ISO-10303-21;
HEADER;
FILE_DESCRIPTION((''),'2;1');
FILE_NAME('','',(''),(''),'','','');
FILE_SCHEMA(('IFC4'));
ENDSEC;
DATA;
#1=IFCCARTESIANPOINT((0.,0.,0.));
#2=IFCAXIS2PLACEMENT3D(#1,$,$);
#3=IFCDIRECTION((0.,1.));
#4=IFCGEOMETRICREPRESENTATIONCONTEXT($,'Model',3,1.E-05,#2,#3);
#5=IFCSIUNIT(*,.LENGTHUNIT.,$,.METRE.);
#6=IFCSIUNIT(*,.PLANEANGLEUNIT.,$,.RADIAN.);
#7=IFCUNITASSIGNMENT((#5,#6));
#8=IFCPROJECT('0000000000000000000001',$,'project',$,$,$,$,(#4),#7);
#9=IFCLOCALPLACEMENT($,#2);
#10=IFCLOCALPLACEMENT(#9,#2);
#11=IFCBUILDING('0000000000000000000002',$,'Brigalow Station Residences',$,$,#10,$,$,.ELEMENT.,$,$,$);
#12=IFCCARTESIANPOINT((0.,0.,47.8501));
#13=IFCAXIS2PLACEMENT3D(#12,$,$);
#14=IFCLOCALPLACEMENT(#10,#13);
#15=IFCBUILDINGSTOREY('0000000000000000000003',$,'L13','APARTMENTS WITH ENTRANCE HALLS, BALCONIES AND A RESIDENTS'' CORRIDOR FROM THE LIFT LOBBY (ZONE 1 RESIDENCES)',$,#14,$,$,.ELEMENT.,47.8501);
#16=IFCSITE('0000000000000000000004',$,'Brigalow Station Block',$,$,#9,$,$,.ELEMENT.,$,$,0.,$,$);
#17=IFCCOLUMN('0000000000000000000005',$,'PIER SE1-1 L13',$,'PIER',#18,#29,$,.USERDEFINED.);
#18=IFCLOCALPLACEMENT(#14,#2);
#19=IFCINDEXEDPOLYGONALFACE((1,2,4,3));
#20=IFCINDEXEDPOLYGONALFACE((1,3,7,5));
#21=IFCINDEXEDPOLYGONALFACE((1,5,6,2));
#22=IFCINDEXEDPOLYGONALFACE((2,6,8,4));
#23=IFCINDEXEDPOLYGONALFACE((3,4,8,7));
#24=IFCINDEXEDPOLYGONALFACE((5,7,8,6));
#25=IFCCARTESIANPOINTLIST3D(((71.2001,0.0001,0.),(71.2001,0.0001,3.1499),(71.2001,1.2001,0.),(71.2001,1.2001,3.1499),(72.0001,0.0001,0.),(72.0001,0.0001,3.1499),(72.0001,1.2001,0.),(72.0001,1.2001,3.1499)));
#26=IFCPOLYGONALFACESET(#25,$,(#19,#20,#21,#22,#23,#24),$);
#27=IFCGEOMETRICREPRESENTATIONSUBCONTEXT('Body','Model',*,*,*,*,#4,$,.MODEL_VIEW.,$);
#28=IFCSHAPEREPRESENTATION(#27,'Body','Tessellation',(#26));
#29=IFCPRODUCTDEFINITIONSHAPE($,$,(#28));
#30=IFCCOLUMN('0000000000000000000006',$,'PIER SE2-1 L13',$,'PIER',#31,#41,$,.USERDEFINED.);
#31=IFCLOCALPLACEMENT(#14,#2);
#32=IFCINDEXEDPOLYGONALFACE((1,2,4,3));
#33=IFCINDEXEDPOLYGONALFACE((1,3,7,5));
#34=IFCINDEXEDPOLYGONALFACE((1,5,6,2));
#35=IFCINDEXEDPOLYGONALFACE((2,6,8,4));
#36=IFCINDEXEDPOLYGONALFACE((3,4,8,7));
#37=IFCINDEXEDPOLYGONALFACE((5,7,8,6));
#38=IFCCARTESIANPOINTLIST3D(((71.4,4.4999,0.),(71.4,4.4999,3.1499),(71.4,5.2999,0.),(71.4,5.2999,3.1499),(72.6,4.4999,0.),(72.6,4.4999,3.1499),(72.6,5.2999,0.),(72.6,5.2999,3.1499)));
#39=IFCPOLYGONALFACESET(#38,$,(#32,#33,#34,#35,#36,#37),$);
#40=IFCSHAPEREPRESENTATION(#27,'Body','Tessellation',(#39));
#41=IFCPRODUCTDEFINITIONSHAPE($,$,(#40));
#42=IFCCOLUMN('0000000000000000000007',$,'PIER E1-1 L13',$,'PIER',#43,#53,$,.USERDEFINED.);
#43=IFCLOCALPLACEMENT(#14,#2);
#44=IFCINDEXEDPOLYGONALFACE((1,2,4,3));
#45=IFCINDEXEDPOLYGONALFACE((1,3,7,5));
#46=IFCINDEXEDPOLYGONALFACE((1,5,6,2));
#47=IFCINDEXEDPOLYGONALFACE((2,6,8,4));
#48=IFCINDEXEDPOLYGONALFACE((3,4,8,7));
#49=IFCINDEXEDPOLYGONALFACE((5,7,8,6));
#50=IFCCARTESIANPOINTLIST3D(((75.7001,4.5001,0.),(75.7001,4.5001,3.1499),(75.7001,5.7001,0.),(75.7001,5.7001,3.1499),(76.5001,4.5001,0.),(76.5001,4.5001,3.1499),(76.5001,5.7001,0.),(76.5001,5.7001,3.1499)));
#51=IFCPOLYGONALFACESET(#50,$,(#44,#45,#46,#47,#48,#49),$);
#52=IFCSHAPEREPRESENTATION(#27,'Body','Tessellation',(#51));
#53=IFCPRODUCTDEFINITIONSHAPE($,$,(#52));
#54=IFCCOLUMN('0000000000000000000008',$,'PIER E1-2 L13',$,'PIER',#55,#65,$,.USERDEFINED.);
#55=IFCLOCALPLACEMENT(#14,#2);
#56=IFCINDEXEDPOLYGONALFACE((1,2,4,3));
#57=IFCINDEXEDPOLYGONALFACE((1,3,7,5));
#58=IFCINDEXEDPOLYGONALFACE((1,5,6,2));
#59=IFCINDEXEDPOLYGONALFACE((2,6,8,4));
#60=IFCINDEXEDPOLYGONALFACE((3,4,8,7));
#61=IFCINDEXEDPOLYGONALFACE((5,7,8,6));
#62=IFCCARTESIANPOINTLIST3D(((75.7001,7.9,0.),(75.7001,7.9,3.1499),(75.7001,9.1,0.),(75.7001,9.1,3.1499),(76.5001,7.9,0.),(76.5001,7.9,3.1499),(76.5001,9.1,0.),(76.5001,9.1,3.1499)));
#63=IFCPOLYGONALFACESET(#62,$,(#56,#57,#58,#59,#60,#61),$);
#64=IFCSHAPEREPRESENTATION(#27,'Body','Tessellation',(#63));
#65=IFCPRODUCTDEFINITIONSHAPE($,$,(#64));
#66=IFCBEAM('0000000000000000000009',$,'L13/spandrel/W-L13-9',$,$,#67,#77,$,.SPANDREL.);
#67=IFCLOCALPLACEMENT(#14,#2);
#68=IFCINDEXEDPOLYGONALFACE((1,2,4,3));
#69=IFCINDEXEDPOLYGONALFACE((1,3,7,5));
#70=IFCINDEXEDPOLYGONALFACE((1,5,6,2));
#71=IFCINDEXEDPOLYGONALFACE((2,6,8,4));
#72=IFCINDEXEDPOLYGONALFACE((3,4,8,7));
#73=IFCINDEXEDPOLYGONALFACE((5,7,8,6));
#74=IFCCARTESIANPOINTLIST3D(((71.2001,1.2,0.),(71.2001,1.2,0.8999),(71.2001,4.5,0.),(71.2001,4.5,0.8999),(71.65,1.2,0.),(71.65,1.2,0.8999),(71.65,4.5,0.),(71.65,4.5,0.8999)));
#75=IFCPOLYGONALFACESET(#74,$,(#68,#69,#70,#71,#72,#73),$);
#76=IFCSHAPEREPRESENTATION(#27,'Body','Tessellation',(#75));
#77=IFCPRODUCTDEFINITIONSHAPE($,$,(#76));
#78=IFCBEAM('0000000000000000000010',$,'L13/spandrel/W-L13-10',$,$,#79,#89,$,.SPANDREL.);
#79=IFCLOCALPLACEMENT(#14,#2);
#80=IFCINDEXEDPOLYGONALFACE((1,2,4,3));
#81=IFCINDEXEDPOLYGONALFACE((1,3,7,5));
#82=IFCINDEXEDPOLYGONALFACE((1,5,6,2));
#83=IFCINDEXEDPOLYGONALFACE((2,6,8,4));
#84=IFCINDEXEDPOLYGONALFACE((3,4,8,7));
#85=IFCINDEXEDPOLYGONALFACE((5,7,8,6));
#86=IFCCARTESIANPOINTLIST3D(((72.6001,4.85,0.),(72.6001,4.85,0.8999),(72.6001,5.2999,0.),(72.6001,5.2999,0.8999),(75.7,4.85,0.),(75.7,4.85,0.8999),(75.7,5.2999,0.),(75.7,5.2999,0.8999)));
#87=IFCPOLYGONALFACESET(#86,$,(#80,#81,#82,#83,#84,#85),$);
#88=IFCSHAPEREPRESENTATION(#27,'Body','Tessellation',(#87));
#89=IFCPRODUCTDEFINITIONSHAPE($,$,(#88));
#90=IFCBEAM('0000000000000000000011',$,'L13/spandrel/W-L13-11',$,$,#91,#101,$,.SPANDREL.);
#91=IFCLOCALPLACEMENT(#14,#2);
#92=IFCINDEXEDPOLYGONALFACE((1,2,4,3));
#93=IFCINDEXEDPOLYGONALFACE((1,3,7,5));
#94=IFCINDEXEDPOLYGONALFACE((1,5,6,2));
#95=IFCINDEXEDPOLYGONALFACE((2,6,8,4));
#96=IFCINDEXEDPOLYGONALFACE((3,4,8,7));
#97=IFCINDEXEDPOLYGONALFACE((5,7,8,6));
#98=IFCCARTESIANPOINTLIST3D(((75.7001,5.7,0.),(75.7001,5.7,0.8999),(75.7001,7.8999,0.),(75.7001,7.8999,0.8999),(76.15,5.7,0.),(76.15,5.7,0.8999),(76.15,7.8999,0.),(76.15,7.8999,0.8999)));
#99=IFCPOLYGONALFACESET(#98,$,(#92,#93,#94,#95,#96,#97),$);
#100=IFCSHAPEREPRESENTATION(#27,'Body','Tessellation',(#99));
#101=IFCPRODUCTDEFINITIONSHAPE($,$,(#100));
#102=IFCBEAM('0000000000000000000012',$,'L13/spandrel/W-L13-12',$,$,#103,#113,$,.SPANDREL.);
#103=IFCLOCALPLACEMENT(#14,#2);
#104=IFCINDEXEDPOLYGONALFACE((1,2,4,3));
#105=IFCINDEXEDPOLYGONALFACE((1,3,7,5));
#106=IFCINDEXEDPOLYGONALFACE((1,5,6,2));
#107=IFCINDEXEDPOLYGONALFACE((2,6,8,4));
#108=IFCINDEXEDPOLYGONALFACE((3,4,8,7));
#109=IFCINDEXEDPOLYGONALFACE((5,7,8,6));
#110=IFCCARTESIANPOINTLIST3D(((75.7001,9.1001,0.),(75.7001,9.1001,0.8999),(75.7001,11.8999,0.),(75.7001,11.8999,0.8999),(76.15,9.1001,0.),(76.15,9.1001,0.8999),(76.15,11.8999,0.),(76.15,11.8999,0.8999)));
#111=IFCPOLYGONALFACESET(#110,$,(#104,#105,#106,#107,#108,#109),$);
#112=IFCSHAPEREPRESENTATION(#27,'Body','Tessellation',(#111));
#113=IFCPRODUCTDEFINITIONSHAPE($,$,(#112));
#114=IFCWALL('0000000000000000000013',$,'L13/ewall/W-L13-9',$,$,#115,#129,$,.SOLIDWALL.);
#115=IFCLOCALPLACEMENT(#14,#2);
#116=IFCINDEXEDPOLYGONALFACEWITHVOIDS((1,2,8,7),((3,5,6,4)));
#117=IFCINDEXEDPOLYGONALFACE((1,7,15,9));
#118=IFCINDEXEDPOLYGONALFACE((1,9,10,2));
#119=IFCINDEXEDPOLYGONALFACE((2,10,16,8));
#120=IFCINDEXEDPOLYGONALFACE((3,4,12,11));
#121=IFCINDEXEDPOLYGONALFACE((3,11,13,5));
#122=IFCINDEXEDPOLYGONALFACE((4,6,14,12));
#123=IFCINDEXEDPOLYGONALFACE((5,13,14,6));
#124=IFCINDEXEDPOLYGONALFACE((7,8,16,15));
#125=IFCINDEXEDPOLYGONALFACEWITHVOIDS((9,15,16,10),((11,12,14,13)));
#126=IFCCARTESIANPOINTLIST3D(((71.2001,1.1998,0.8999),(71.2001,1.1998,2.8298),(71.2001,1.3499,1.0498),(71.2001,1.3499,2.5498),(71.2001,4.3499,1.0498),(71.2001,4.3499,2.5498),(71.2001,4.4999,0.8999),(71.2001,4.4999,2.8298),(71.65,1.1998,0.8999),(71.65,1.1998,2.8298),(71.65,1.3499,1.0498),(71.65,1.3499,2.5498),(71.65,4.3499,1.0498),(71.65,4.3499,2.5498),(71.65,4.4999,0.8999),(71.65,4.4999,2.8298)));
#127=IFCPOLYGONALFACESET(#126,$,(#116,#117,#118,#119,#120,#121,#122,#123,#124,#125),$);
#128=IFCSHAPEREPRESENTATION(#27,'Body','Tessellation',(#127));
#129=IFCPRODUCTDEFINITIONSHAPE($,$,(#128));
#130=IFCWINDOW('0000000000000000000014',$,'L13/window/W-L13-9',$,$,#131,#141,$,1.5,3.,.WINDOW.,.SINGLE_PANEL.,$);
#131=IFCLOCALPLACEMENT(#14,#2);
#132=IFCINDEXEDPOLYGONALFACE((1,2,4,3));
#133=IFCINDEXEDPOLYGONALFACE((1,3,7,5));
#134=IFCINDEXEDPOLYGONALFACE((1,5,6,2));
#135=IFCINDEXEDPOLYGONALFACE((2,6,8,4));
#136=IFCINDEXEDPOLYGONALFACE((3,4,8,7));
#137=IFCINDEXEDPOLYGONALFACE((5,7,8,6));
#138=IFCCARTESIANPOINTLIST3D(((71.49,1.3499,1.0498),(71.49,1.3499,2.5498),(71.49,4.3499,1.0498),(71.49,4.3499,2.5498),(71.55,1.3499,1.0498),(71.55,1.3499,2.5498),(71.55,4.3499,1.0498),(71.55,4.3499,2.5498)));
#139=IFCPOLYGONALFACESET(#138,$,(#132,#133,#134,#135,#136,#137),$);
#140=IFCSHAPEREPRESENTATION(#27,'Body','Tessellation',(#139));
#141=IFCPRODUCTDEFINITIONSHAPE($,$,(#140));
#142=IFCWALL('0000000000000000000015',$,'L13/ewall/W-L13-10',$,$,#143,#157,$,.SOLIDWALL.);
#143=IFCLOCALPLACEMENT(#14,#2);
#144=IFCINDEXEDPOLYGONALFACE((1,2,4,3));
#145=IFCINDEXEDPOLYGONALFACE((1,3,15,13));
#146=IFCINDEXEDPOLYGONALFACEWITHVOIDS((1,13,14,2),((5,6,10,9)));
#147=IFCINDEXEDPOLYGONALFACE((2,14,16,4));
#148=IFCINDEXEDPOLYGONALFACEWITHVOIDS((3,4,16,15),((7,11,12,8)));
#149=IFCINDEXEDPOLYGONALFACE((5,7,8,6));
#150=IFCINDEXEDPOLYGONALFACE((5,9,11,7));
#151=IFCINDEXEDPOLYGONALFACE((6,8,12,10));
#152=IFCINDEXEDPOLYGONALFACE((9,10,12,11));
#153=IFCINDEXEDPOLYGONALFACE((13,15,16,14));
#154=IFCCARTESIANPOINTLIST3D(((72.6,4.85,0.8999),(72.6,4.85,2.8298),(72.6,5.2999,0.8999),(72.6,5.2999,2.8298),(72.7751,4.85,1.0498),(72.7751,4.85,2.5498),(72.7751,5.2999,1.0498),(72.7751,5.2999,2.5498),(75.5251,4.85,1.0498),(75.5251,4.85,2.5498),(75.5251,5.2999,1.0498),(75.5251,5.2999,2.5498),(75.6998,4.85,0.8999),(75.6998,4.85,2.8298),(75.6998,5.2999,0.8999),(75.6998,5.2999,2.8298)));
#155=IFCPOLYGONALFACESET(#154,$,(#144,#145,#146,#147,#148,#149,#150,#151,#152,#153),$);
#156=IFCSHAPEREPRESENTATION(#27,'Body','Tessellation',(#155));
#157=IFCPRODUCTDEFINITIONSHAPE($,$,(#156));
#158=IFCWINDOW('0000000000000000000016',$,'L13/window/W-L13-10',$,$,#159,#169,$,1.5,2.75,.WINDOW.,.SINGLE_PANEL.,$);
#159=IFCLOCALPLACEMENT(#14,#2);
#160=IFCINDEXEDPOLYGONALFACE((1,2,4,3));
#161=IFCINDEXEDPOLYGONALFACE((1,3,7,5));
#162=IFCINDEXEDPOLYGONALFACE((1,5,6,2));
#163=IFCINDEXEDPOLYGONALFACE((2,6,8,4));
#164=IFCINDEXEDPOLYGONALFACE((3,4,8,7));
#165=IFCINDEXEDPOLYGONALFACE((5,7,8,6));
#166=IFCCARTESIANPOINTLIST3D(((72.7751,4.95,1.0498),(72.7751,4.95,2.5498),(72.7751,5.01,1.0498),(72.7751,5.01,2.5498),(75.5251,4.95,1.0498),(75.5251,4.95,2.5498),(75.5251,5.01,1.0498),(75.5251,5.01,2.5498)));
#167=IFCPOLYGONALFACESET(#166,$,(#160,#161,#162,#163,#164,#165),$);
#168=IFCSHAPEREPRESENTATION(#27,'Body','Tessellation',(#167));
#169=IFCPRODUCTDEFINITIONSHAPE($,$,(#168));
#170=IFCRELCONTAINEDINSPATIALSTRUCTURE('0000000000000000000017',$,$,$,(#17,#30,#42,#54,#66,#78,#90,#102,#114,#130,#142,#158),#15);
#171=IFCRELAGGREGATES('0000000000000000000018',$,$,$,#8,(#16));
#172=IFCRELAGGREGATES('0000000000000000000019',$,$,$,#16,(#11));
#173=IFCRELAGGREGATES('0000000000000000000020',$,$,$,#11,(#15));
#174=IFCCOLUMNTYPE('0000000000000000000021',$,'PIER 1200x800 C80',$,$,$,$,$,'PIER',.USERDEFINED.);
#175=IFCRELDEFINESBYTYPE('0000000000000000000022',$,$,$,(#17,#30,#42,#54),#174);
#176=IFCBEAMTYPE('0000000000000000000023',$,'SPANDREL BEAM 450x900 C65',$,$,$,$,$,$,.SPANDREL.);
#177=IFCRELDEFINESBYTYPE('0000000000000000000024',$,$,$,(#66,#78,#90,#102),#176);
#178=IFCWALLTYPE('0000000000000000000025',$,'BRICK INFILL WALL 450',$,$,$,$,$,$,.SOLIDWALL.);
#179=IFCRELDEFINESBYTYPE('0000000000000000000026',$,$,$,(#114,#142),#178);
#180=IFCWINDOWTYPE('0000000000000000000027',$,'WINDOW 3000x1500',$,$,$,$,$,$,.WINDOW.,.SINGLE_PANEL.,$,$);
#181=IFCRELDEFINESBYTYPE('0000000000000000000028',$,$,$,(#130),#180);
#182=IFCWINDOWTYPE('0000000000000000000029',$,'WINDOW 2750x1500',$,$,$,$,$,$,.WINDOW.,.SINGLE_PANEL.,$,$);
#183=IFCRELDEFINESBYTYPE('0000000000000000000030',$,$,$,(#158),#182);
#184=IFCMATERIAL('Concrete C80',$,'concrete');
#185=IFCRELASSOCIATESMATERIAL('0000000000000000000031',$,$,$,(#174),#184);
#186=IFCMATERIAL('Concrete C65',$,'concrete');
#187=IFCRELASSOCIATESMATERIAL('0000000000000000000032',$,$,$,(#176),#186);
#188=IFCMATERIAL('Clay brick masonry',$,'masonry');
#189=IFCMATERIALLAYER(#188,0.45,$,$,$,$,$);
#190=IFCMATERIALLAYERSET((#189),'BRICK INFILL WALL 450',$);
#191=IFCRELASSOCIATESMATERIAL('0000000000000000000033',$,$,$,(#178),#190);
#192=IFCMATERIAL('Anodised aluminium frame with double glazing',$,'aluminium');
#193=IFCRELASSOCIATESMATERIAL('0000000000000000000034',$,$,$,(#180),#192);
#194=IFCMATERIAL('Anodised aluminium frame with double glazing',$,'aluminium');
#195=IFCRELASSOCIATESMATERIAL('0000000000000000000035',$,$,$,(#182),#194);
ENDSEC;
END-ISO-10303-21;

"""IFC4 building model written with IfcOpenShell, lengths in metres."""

from ifc_helpers import new_model, si_unit, direction, frame, frame_2d, origin, origin_2d, place, context, subcontext, project, spatial, rectangle, extrude, material, layer, layer_set, material_profile, profile_set, type_object, element, fill, save


model = new_model("IFC4")

# Units and contexts
model_context = context("Model", 3, precision=1e-05, world=origin(), true_north=direction((0.0, 1.0)))
body_context = subcontext(model_context, "Body", "Model", "MODEL_VIEW")
ifc_project = project(units=[si_unit("LENGTHUNIT", "METRE"), si_unit("PLANEANGLEUNIT", "RADIAN")], contexts=[model_context])

# Site, building, storey
site_placement = place(None, origin())
site = spatial("IfcSite", under=ifc_project, at=site_placement, Name="Brigalow Station Block", CompositionType="ELEMENT", RefElevation=0.0)
building_placement = place(site_placement, origin())
building = spatial("IfcBuilding", under=site, at=building_placement, Name="Brigalow Station Residences", CompositionType="ELEMENT")
storey_placement = place(building_placement, frame((0.0, 0.0, 47.8501)))
storey = spatial("IfcBuildingStorey", under=building, at=storey_placement, Name="L13", Description="APARTMENTS WITH ENTRANCE HALLS, BALCONIES AND A RESIDENTS' CORRIDOR FROM THE LIFT LOBBY (ZONE 1 RESIDENCES)", CompositionType="ELEMENT", Elevation=47.8501)

# Columns
ifc_material_1 = material(Name="Concrete C80", Category="concrete")
ifc_material_profile_1 = material_profile(ifc_material_1, rectangle(XDim=1.2, YDim=0.8, at=origin_2d()), Name="RC1200x800")
ifc_profile_set_1 = profile_set([ifc_material_profile_1], Name="Concrete C80")
column_type = type_object("IfcColumnType", Name="PIER 1200x800 C80", ElementType="PIER", PredefinedType="USERDEFINED", material=ifc_profile_set_1)
for number, where, z_axis, x_axis, name in (
    (1, (71.6001, 0.6001, 0.0), (0.0, 0.0, 1.0), (0.0, 1.0, 0.0), "PIER SE1-1 L13"),
    (2, (72.0, 4.8999, 0.0), (0.0, 0.0, 1.0), (1.0, 0.0, 0.0), "PIER SE2-1 L13"),
    (3, (76.1001, 5.1001, 0.0), (0.0, 0.0, 1.0), (0.0, 1.0, 0.0), "PIER E1-1 L13"),
    (4, (76.1001, 8.5, 0.0), (0.0, 0.0, 1.0), (0.0, 1.0, 0.0), "PIER E1-2 L13"),
):
    element("IfcColumn", number, at=place(storey_placement, frame(where, z_axis=z_axis, x_axis=x_axis)), inside=storey, type_object=column_type, Name=name, ObjectType="PIER", PredefinedType="USERDEFINED", context=body_context, shape_type="SweptSolid", body=[
        extrude(rectangle(XDim=1.2, YDim=0.8, at=origin_2d()), origin(), (0.0, 0.0, 1.0), 3.1499),
    ])

# Beams
ifc_material_2 = material(Name="Concrete C65", Category="concrete")
ifc_material_profile_2 = material_profile(ifc_material_2, rectangle(XDim=0.45, YDim=0.8999, at=origin_2d()), Name="RC450x900")
ifc_profile_set_2 = profile_set([ifc_material_profile_2], Name="Concrete C65")
beam_type = type_object("IfcBeamType", Name="SPANDREL BEAM 450x900 C65", PredefinedType="SPANDREL", material=ifc_profile_set_2)
beam_1_placement = place(storey_placement, frame((71.425, 1.2, 0.45), z_axis=(0.0, 1.0, 0.0), x_axis=(-1.0, 0.0, 0.0)))
element("IfcBeam", 5, at=beam_1_placement, inside=storey, type_object=beam_type, Name="L13/spandrel/W-L13-9", PredefinedType="SPANDREL", context=body_context, shape_type="SweptSolid", body=[
    extrude(rectangle(XDim=0.45, YDim=0.8999, at=origin_2d()), origin(), (0.0, 0.0, 1.0), 3.3),
])
beam_2_placement = place(storey_placement, frame((72.6001, 5.075, 0.45), z_axis=(1.0, 0.0, 0.0), x_axis=(0.0, 1.0, 0.0)))
element("IfcBeam", 6, at=beam_2_placement, inside=storey, type_object=beam_type, Name="L13/spandrel/W-L13-10", PredefinedType="SPANDREL", context=body_context, shape_type="SweptSolid", body=[
    extrude(rectangle(XDim=0.45, YDim=0.8999, at=origin_2d()), origin(), (0.0, 0.0, 1.0), 3.0999),
])
beam_3_placement = place(storey_placement, frame((75.925, 5.7, 0.45), z_axis=(0.0, 1.0, 0.0), x_axis=(-1.0, 0.0, 0.0)))
element("IfcBeam", 7, at=beam_3_placement, inside=storey, type_object=beam_type, Name="L13/spandrel/W-L13-11", PredefinedType="SPANDREL", context=body_context, shape_type="SweptSolid", body=[
    extrude(rectangle(XDim=0.45, YDim=0.8999, at=origin_2d()), origin(), (0.0, 0.0, 1.0), 2.2),
])
beam_4_placement = place(storey_placement, frame((75.925, 9.1001, 0.45), z_axis=(0.0, 1.0, 0.0), x_axis=(-1.0, 0.0, 0.0)))
element("IfcBeam", 8, at=beam_4_placement, inside=storey, type_object=beam_type, Name="L13/spandrel/W-L13-12", PredefinedType="SPANDREL", context=body_context, shape_type="SweptSolid", body=[
    extrude(rectangle(XDim=0.45, YDim=0.8999, at=origin_2d()), origin(), (0.0, 0.0, 1.0), 2.7998),
])

# Walls, openings, windows
ifc_material_3 = material(Name="Clay brick masonry", Category="masonry")
ifc_layer_1 = layer(ifc_material_3, 0.45)
ifc_layer_set_1 = layer_set([ifc_layer_1], Name="BRICK INFILL WALL 450")
wall_type_1 = type_object("IfcWallType", Name="BRICK INFILL WALL 450", PredefinedType="SOLIDWALL", material=ifc_layer_set_1)
wall_1_placement = place(storey_placement, frame((71.425, 1.2, 0.8999), z_axis=(0.0, 0.0, 1.0), x_axis=(0.0, 1.0, 0.0)))
wall_1 = element("IfcWall", 9, at=wall_1_placement, inside=storey, type_object=wall_type_1, Name="L13/ewall/W-L13-9", PredefinedType="SOLIDWALL", context=body_context, shape_type="SweptSolid", body=[
    extrude(rectangle(XDim=3.3, YDim=0.45, at=frame_2d((1.6499, 0.0))), origin(), (0.0, 0.0, 1.0), 1.9299),
])
opening_1_placement = place(wall_1_placement, frame((0.1499, 0.0, 0.1499)))
opening_1 = element("IfcOpeningElement", 10, at=opening_1_placement, cuts=wall_1, PredefinedType="OPENING", context=body_context, shape_type="SweptSolid", body=[
    extrude(rectangle(XDim=3.0, YDim=1.5, at=frame_2d((1.5, 0.75))), frame((0.0, 0.2349, 0.0), z_axis=(0.0, -1.0, 0.0), x_axis=(1.0, 0.0, 0.0)), (0.0, 0.0, 1.0), 0.47),
])
ifc_material_4 = material(Name="Anodised aluminium frame with double glazing", Category="aluminium")
window_type_1 = type_object("IfcWindowType", Name="WINDOW 3000x1500", PartitioningType="SINGLE_PANEL", PredefinedType="WINDOW", material=ifc_material_4)
window_1_placement = place(opening_1_placement, origin())
window_1 = element("IfcWindow", 11, at=window_1_placement, inside=storey, type_object=window_type_1, Name="L13/window/W-L13-9", OverallHeight=1.5, OverallWidth=3.0, PartitioningType="SINGLE_PANEL", PredefinedType="WINDOW", context=body_context, shape_type="SweptSolid", body=[
    extrude(rectangle(XDim=3.0, YDim=1.5, at=frame_2d((1.5, 0.75))), frame((0.0, -0.0649, 0.0), z_axis=(0.0, -1.0, 0.0), x_axis=(1.0, 0.0, 0.0)), (0.0, 0.0, 1.0), 0.0601),
])
fill(opening_1, window_1)
wall_2_placement = place(storey_placement, frame((72.6001, 5.075, 0.8999), z_axis=(0.0, 0.0, 1.0), x_axis=(1.0, 0.0, 0.0)))
wall_2 = element("IfcWall", 12, at=wall_2_placement, inside=storey, type_object=wall_type_1, Name="L13/ewall/W-L13-10", PredefinedType="SOLIDWALL", context=body_context, shape_type="SweptSolid", body=[
    extrude(rectangle(XDim=3.0999, YDim=0.45, at=frame_2d((1.5498, 0.0))), origin(), (0.0, 0.0, 1.0), 1.9299),
])
opening_2_placement = place(wall_2_placement, frame((0.175, 0.0, 0.1499)))
opening_2 = element("IfcOpeningElement", 13, at=opening_2_placement, cuts=wall_2, PredefinedType="OPENING", context=body_context, shape_type="SweptSolid", body=[
    extrude(rectangle(XDim=2.75, YDim=1.5, at=frame_2d((1.375, 0.75))), frame((0.0, 0.2349, 0.0), z_axis=(0.0, -1.0, 0.0), x_axis=(1.0, 0.0, 0.0)), (0.0, 0.0, 1.0), 0.47),
])
ifc_material_5 = material(Name="Anodised aluminium frame with double glazing", Category="aluminium")
window_type_2 = type_object("IfcWindowType", Name="WINDOW 2750x1500", PartitioningType="SINGLE_PANEL", PredefinedType="WINDOW", material=ifc_material_5)
window_2_placement = place(opening_2_placement, origin())
window_2 = element("IfcWindow", 14, at=window_2_placement, inside=storey, type_object=window_type_2, Name="L13/window/W-L13-10", OverallHeight=1.5, OverallWidth=2.75, PartitioningType="SINGLE_PANEL", PredefinedType="WINDOW", context=body_context, shape_type="SweptSolid", body=[
    extrude(rectangle(XDim=2.75, YDim=1.5, at=frame_2d((1.375, 0.75))), frame((0.0, -0.0649, 0.0), z_axis=(0.0, -1.0, 0.0), x_axis=(1.0, 0.0, 0.0)), (0.0, 0.0, 1.0), 0.0601),
])
fill(opening_2, window_2)

save(model, "model.ifc")
